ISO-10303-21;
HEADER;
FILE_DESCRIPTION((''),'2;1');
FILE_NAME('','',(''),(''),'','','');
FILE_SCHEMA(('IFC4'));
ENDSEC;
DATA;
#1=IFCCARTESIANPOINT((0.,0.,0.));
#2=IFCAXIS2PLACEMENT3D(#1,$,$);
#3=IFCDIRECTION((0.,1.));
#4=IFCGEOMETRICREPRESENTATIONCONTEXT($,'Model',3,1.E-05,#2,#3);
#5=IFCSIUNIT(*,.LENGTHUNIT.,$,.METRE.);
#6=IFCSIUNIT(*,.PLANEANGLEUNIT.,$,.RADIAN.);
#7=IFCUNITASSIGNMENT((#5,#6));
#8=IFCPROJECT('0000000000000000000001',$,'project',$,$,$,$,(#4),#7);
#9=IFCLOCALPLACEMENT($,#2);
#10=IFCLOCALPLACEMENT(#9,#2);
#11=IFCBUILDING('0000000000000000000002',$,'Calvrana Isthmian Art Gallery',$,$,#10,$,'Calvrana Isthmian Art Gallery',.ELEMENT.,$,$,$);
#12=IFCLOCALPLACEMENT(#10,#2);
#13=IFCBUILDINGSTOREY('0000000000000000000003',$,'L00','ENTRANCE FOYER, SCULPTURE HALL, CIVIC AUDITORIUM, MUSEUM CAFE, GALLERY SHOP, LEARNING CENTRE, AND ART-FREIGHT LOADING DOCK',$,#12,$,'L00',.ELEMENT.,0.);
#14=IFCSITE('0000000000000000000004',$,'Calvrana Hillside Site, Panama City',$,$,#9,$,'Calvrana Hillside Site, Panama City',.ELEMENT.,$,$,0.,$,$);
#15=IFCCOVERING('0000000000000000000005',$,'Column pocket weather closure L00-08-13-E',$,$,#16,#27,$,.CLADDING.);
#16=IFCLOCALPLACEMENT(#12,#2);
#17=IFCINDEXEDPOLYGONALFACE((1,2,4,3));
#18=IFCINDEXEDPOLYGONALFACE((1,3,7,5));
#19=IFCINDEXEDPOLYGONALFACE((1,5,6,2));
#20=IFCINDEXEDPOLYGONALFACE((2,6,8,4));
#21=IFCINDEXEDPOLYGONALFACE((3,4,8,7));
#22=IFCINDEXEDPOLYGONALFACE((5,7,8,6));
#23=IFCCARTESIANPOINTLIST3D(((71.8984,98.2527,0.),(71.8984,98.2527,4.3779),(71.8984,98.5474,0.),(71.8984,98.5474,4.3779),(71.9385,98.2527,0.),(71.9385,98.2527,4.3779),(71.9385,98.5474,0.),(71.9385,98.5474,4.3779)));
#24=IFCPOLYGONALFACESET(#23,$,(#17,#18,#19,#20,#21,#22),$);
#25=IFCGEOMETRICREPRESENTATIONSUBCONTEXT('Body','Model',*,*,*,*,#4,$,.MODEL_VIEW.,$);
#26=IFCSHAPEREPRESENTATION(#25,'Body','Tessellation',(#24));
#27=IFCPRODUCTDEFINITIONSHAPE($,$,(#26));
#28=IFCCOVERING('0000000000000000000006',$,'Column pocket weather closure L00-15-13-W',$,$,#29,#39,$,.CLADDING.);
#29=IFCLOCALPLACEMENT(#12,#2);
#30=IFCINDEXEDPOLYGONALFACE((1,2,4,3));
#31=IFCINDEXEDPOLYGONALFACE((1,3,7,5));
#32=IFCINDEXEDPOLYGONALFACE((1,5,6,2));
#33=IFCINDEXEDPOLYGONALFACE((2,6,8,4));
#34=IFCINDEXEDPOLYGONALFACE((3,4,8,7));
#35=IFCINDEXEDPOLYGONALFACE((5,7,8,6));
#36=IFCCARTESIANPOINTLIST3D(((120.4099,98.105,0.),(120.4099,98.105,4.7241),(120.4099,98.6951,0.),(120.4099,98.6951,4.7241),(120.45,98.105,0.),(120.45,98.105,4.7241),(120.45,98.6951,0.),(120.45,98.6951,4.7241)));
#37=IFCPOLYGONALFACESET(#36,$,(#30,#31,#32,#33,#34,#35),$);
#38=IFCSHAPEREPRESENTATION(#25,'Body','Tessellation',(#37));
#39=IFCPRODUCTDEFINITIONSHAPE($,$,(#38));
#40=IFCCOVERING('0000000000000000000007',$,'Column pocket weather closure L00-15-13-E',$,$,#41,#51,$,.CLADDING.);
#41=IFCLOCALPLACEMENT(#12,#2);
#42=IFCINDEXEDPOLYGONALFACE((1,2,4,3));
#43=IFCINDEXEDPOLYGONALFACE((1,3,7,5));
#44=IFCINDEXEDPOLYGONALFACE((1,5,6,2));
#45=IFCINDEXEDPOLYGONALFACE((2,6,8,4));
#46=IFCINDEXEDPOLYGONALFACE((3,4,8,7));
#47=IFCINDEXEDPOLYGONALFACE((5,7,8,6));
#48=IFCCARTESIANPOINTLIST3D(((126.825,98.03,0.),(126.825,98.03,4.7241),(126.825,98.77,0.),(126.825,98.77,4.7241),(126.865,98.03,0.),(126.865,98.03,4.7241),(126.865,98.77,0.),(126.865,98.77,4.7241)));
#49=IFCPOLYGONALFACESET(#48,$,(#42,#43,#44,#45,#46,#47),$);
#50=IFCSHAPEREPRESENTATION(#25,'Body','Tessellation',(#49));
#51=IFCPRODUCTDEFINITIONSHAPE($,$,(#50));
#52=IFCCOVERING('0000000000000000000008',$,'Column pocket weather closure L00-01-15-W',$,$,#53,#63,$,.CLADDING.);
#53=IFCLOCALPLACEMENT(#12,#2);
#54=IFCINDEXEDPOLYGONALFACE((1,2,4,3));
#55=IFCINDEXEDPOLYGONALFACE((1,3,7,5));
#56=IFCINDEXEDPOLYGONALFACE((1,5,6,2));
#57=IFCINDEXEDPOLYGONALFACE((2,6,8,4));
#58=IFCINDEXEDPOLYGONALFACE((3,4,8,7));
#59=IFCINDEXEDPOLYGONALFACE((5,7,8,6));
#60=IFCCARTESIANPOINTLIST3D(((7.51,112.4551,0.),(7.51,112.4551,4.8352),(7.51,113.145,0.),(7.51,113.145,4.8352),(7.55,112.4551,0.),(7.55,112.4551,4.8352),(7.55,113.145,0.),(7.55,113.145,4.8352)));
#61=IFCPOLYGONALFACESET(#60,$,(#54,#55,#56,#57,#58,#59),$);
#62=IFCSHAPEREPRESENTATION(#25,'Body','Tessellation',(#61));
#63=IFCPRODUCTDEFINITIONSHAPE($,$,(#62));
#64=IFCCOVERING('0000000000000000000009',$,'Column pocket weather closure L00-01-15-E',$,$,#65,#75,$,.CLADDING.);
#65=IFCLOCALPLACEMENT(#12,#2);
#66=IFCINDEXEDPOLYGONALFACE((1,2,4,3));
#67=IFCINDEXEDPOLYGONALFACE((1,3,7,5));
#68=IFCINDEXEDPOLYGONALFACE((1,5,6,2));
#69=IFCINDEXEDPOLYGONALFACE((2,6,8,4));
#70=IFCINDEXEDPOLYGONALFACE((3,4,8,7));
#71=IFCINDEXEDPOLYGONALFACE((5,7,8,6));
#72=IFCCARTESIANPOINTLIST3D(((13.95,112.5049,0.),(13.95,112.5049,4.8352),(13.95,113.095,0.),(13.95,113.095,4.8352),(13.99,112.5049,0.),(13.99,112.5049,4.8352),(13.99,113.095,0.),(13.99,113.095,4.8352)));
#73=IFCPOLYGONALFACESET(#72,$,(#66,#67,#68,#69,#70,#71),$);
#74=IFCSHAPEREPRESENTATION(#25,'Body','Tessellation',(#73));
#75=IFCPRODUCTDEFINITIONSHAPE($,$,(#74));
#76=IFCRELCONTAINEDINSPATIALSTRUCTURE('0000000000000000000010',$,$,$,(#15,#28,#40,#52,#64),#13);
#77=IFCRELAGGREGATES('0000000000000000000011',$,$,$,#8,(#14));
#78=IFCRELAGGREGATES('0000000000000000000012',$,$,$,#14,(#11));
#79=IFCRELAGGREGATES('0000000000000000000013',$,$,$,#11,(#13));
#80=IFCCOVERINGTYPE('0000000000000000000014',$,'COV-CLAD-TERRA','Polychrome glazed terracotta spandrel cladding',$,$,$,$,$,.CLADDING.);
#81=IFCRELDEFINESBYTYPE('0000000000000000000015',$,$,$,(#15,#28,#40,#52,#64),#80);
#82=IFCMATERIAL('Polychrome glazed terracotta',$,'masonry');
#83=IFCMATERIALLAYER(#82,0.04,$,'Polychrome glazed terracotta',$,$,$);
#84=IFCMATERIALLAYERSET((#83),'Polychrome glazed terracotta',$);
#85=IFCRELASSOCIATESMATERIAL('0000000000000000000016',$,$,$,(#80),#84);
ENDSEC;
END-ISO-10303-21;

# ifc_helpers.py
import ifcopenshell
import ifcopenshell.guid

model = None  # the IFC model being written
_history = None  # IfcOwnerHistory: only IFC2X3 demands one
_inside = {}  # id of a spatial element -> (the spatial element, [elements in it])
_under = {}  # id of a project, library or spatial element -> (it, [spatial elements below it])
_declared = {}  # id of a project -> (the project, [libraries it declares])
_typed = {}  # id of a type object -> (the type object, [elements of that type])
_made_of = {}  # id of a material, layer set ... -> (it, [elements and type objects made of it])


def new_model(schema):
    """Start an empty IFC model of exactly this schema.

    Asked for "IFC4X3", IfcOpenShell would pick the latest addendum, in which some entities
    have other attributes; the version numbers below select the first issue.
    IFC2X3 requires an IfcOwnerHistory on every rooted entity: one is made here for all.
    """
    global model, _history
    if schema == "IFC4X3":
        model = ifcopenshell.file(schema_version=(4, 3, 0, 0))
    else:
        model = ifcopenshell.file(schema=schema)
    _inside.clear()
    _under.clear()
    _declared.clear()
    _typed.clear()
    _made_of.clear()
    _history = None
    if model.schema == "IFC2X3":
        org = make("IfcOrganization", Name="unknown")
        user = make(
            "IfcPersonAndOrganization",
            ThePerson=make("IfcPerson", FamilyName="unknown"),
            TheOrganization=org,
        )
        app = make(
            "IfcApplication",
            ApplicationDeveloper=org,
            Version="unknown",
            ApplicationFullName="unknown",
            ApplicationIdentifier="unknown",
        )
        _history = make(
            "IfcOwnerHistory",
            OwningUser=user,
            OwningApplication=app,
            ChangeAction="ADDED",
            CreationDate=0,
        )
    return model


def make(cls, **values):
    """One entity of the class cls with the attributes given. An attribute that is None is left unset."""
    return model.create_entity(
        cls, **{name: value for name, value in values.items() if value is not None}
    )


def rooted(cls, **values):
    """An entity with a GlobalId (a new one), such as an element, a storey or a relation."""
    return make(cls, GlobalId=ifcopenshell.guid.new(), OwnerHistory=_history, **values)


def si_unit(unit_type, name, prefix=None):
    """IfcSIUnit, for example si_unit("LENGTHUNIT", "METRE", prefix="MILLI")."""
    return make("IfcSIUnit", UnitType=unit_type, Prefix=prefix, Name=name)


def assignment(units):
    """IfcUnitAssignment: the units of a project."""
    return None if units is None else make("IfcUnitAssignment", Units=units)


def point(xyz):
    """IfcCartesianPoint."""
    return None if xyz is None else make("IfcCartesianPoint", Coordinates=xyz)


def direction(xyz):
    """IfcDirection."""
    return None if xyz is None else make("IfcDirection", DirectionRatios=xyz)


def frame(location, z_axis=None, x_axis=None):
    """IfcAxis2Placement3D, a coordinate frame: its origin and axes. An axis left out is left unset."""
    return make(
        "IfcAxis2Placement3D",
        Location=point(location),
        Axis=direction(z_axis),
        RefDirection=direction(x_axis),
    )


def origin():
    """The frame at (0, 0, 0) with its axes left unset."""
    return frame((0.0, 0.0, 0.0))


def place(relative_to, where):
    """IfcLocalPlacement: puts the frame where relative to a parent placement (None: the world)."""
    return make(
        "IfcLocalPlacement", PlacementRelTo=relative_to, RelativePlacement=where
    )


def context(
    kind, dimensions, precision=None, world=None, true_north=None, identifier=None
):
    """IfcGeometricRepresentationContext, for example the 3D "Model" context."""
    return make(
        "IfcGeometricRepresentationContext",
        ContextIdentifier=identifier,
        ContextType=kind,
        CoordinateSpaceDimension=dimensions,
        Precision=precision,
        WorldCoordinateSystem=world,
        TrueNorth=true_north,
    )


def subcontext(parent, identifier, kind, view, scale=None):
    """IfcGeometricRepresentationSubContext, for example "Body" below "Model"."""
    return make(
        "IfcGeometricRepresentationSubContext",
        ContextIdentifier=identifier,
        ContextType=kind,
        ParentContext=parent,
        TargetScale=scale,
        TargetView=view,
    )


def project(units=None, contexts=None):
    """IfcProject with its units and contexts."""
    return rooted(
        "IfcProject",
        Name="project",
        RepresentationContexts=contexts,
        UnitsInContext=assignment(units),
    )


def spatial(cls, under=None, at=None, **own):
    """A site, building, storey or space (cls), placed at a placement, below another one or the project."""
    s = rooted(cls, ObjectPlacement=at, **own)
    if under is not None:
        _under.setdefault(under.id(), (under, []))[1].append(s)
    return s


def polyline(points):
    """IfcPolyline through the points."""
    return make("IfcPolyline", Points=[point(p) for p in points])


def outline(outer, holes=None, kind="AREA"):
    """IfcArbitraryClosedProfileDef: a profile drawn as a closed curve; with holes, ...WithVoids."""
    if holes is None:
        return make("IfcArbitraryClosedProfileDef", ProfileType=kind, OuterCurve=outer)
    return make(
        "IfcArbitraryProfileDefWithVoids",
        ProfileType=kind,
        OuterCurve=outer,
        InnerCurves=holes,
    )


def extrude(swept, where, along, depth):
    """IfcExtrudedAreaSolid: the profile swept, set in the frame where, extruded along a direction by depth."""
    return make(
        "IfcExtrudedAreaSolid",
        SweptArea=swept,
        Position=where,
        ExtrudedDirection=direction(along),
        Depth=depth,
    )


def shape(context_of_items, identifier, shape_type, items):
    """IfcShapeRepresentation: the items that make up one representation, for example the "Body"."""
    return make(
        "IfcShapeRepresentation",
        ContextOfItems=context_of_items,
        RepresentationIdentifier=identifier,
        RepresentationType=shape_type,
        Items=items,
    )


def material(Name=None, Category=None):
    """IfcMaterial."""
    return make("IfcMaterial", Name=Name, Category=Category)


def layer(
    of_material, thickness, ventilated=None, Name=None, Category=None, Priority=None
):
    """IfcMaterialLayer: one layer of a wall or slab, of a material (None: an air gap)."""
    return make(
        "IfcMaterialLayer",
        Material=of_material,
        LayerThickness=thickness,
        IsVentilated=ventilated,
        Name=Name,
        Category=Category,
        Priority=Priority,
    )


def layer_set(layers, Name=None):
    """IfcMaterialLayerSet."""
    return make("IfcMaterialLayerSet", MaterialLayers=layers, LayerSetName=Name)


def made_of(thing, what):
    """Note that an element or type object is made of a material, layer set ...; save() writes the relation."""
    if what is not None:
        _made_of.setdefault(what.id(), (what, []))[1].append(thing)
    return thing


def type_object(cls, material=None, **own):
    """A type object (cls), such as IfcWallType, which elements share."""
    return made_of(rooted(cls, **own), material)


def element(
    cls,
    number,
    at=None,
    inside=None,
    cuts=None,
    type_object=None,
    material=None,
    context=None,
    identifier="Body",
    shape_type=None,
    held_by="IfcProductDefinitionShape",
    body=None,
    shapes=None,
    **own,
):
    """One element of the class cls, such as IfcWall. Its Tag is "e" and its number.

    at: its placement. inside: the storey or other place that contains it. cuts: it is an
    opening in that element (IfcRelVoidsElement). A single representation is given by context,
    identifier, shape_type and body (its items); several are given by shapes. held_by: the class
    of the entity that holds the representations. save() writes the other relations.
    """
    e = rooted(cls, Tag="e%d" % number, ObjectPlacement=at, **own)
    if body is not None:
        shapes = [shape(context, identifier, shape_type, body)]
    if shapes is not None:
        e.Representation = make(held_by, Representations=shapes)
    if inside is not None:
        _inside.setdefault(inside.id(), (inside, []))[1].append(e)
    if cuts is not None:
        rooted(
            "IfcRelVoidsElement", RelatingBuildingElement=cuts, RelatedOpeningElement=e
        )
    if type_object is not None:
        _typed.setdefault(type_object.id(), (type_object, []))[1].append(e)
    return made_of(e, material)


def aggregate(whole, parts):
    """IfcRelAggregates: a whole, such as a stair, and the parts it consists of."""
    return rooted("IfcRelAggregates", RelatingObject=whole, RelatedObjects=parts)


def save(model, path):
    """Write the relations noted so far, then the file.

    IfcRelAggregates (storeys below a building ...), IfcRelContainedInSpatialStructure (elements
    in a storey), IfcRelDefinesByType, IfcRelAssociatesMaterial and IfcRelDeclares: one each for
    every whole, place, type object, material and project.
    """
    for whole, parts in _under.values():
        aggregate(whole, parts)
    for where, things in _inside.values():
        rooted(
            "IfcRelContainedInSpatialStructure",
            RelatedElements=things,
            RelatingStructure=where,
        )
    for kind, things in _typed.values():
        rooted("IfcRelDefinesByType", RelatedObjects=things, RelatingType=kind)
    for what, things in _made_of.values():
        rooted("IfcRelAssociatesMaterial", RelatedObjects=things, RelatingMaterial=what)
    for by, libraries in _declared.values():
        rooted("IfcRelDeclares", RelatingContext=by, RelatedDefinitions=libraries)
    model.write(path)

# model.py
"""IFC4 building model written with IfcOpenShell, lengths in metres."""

from ifc_helpers import new_model, si_unit, direction, origin, place, context, subcontext, project, spatial, polyline, outline, extrude, material, layer, layer_set, type_object, element, save


model = new_model("IFC4")

# Units and contexts
model_context = context("Model", 3, precision=1e-05, world=origin(), true_north=direction((0.0, 1.0)))
body_context = subcontext(model_context, "Body", "Model", "MODEL_VIEW")
ifc_project = project(units=[si_unit("LENGTHUNIT", "METRE"), si_unit("PLANEANGLEUNIT", "RADIAN")], contexts=[model_context])

# Site, building, storey
site_placement = place(None, origin())
site = spatial("IfcSite", under=ifc_project, at=site_placement, Name="Calvrana Hillside Site, Panama City", LongName="Calvrana Hillside Site, Panama City", CompositionType="ELEMENT", RefElevation=0.0)
building_placement = place(site_placement, origin())
building = spatial("IfcBuilding", under=site, at=building_placement, Name="Calvrana Isthmian Art Gallery", LongName="Calvrana Isthmian Art Gallery", CompositionType="ELEMENT")
storey_placement = place(building_placement, origin())
storey = spatial("IfcBuildingStorey", under=building, at=storey_placement, Name="L00", Description="ENTRANCE FOYER, SCULPTURE HALL, CIVIC AUDITORIUM, MUSEUM CAFE, GALLERY SHOP, LEARNING CENTRE, AND ART-FREIGHT LOADING DOCK", LongName="L00", CompositionType="ELEMENT", Elevation=0.0)

# Coverings
ifc_material = material(Name="Polychrome glazed terracotta", Category="masonry")
ifc_layer = layer(ifc_material, 0.04, Name="Polychrome glazed terracotta")
ifc_layer_set = layer_set([ifc_layer], Name="Polychrome glazed terracotta")
covering_type = type_object("IfcCoveringType", Name="COV-CLAD-TERRA", Description="Polychrome glazed terracotta spandrel cladding", PredefinedType="CLADDING", material=ifc_layer_set)
covering_1_placement = place(storey_placement, origin())
element("IfcCovering", 1, at=covering_1_placement, inside=storey, type_object=covering_type, Name="Column pocket weather closure L00-08-13-E", PredefinedType="CLADDING", context=body_context, shape_type="SweptSolid", body=[
    extrude(outline(polyline([(71.8984, 98.2527), (71.9385, 98.2527), (71.9385, 98.5474), (71.8984, 98.5474), (71.8984, 98.2527)])), origin(), (0.0, 0.0, 1.0), 4.3779),
])
covering_2_placement = place(storey_placement, origin())
element("IfcCovering", 2, at=covering_2_placement, inside=storey, type_object=covering_type, Name="Column pocket weather closure L00-15-13-W", PredefinedType="CLADDING", context=body_context, shape_type="SweptSolid", body=[
    extrude(outline(polyline([(120.4099, 98.105), (120.45, 98.105), (120.45, 98.6951), (120.4099, 98.6951), (120.4099, 98.105)])), origin(), (0.0, 0.0, 1.0), 4.7241),
])
covering_3_placement = place(storey_placement, origin())
element("IfcCovering", 3, at=covering_3_placement, inside=storey, type_object=covering_type, Name="Column pocket weather closure L00-15-13-E", PredefinedType="CLADDING", context=body_context, shape_type="SweptSolid", body=[
    extrude(outline(polyline([(126.825, 98.03), (126.865, 98.03), (126.865, 98.77), (126.825, 98.77), (126.825, 98.03)])), origin(), (0.0, 0.0, 1.0), 4.7241),
])
covering_4_placement = place(storey_placement, origin())
element("IfcCovering", 4, at=covering_4_placement, inside=storey, type_object=covering_type, Name="Column pocket weather closure L00-01-15-W", PredefinedType="CLADDING", context=body_context, shape_type="SweptSolid", body=[
    extrude(outline(polyline([(7.51, 112.4551), (7.55, 112.4551), (7.55, 113.145), (7.51, 113.145), (7.51, 112.4551)])), origin(), (0.0, 0.0, 1.0), 4.8352),
])
covering_5_placement = place(storey_placement, origin())
element("IfcCovering", 5, at=covering_5_placement, inside=storey, type_object=covering_type, Name="Column pocket weather closure L00-01-15-E", PredefinedType="CLADDING", context=body_context, shape_type="SweptSolid", body=[
    extrude(outline(polyline([(13.95, 112.5049), (13.99, 112.5049), (13.99, 113.095), (13.95, 113.095), (13.95, 112.5049)])), origin(), (0.0, 0.0, 1.0), 4.8352),
])

save(model, "model.ifc")
